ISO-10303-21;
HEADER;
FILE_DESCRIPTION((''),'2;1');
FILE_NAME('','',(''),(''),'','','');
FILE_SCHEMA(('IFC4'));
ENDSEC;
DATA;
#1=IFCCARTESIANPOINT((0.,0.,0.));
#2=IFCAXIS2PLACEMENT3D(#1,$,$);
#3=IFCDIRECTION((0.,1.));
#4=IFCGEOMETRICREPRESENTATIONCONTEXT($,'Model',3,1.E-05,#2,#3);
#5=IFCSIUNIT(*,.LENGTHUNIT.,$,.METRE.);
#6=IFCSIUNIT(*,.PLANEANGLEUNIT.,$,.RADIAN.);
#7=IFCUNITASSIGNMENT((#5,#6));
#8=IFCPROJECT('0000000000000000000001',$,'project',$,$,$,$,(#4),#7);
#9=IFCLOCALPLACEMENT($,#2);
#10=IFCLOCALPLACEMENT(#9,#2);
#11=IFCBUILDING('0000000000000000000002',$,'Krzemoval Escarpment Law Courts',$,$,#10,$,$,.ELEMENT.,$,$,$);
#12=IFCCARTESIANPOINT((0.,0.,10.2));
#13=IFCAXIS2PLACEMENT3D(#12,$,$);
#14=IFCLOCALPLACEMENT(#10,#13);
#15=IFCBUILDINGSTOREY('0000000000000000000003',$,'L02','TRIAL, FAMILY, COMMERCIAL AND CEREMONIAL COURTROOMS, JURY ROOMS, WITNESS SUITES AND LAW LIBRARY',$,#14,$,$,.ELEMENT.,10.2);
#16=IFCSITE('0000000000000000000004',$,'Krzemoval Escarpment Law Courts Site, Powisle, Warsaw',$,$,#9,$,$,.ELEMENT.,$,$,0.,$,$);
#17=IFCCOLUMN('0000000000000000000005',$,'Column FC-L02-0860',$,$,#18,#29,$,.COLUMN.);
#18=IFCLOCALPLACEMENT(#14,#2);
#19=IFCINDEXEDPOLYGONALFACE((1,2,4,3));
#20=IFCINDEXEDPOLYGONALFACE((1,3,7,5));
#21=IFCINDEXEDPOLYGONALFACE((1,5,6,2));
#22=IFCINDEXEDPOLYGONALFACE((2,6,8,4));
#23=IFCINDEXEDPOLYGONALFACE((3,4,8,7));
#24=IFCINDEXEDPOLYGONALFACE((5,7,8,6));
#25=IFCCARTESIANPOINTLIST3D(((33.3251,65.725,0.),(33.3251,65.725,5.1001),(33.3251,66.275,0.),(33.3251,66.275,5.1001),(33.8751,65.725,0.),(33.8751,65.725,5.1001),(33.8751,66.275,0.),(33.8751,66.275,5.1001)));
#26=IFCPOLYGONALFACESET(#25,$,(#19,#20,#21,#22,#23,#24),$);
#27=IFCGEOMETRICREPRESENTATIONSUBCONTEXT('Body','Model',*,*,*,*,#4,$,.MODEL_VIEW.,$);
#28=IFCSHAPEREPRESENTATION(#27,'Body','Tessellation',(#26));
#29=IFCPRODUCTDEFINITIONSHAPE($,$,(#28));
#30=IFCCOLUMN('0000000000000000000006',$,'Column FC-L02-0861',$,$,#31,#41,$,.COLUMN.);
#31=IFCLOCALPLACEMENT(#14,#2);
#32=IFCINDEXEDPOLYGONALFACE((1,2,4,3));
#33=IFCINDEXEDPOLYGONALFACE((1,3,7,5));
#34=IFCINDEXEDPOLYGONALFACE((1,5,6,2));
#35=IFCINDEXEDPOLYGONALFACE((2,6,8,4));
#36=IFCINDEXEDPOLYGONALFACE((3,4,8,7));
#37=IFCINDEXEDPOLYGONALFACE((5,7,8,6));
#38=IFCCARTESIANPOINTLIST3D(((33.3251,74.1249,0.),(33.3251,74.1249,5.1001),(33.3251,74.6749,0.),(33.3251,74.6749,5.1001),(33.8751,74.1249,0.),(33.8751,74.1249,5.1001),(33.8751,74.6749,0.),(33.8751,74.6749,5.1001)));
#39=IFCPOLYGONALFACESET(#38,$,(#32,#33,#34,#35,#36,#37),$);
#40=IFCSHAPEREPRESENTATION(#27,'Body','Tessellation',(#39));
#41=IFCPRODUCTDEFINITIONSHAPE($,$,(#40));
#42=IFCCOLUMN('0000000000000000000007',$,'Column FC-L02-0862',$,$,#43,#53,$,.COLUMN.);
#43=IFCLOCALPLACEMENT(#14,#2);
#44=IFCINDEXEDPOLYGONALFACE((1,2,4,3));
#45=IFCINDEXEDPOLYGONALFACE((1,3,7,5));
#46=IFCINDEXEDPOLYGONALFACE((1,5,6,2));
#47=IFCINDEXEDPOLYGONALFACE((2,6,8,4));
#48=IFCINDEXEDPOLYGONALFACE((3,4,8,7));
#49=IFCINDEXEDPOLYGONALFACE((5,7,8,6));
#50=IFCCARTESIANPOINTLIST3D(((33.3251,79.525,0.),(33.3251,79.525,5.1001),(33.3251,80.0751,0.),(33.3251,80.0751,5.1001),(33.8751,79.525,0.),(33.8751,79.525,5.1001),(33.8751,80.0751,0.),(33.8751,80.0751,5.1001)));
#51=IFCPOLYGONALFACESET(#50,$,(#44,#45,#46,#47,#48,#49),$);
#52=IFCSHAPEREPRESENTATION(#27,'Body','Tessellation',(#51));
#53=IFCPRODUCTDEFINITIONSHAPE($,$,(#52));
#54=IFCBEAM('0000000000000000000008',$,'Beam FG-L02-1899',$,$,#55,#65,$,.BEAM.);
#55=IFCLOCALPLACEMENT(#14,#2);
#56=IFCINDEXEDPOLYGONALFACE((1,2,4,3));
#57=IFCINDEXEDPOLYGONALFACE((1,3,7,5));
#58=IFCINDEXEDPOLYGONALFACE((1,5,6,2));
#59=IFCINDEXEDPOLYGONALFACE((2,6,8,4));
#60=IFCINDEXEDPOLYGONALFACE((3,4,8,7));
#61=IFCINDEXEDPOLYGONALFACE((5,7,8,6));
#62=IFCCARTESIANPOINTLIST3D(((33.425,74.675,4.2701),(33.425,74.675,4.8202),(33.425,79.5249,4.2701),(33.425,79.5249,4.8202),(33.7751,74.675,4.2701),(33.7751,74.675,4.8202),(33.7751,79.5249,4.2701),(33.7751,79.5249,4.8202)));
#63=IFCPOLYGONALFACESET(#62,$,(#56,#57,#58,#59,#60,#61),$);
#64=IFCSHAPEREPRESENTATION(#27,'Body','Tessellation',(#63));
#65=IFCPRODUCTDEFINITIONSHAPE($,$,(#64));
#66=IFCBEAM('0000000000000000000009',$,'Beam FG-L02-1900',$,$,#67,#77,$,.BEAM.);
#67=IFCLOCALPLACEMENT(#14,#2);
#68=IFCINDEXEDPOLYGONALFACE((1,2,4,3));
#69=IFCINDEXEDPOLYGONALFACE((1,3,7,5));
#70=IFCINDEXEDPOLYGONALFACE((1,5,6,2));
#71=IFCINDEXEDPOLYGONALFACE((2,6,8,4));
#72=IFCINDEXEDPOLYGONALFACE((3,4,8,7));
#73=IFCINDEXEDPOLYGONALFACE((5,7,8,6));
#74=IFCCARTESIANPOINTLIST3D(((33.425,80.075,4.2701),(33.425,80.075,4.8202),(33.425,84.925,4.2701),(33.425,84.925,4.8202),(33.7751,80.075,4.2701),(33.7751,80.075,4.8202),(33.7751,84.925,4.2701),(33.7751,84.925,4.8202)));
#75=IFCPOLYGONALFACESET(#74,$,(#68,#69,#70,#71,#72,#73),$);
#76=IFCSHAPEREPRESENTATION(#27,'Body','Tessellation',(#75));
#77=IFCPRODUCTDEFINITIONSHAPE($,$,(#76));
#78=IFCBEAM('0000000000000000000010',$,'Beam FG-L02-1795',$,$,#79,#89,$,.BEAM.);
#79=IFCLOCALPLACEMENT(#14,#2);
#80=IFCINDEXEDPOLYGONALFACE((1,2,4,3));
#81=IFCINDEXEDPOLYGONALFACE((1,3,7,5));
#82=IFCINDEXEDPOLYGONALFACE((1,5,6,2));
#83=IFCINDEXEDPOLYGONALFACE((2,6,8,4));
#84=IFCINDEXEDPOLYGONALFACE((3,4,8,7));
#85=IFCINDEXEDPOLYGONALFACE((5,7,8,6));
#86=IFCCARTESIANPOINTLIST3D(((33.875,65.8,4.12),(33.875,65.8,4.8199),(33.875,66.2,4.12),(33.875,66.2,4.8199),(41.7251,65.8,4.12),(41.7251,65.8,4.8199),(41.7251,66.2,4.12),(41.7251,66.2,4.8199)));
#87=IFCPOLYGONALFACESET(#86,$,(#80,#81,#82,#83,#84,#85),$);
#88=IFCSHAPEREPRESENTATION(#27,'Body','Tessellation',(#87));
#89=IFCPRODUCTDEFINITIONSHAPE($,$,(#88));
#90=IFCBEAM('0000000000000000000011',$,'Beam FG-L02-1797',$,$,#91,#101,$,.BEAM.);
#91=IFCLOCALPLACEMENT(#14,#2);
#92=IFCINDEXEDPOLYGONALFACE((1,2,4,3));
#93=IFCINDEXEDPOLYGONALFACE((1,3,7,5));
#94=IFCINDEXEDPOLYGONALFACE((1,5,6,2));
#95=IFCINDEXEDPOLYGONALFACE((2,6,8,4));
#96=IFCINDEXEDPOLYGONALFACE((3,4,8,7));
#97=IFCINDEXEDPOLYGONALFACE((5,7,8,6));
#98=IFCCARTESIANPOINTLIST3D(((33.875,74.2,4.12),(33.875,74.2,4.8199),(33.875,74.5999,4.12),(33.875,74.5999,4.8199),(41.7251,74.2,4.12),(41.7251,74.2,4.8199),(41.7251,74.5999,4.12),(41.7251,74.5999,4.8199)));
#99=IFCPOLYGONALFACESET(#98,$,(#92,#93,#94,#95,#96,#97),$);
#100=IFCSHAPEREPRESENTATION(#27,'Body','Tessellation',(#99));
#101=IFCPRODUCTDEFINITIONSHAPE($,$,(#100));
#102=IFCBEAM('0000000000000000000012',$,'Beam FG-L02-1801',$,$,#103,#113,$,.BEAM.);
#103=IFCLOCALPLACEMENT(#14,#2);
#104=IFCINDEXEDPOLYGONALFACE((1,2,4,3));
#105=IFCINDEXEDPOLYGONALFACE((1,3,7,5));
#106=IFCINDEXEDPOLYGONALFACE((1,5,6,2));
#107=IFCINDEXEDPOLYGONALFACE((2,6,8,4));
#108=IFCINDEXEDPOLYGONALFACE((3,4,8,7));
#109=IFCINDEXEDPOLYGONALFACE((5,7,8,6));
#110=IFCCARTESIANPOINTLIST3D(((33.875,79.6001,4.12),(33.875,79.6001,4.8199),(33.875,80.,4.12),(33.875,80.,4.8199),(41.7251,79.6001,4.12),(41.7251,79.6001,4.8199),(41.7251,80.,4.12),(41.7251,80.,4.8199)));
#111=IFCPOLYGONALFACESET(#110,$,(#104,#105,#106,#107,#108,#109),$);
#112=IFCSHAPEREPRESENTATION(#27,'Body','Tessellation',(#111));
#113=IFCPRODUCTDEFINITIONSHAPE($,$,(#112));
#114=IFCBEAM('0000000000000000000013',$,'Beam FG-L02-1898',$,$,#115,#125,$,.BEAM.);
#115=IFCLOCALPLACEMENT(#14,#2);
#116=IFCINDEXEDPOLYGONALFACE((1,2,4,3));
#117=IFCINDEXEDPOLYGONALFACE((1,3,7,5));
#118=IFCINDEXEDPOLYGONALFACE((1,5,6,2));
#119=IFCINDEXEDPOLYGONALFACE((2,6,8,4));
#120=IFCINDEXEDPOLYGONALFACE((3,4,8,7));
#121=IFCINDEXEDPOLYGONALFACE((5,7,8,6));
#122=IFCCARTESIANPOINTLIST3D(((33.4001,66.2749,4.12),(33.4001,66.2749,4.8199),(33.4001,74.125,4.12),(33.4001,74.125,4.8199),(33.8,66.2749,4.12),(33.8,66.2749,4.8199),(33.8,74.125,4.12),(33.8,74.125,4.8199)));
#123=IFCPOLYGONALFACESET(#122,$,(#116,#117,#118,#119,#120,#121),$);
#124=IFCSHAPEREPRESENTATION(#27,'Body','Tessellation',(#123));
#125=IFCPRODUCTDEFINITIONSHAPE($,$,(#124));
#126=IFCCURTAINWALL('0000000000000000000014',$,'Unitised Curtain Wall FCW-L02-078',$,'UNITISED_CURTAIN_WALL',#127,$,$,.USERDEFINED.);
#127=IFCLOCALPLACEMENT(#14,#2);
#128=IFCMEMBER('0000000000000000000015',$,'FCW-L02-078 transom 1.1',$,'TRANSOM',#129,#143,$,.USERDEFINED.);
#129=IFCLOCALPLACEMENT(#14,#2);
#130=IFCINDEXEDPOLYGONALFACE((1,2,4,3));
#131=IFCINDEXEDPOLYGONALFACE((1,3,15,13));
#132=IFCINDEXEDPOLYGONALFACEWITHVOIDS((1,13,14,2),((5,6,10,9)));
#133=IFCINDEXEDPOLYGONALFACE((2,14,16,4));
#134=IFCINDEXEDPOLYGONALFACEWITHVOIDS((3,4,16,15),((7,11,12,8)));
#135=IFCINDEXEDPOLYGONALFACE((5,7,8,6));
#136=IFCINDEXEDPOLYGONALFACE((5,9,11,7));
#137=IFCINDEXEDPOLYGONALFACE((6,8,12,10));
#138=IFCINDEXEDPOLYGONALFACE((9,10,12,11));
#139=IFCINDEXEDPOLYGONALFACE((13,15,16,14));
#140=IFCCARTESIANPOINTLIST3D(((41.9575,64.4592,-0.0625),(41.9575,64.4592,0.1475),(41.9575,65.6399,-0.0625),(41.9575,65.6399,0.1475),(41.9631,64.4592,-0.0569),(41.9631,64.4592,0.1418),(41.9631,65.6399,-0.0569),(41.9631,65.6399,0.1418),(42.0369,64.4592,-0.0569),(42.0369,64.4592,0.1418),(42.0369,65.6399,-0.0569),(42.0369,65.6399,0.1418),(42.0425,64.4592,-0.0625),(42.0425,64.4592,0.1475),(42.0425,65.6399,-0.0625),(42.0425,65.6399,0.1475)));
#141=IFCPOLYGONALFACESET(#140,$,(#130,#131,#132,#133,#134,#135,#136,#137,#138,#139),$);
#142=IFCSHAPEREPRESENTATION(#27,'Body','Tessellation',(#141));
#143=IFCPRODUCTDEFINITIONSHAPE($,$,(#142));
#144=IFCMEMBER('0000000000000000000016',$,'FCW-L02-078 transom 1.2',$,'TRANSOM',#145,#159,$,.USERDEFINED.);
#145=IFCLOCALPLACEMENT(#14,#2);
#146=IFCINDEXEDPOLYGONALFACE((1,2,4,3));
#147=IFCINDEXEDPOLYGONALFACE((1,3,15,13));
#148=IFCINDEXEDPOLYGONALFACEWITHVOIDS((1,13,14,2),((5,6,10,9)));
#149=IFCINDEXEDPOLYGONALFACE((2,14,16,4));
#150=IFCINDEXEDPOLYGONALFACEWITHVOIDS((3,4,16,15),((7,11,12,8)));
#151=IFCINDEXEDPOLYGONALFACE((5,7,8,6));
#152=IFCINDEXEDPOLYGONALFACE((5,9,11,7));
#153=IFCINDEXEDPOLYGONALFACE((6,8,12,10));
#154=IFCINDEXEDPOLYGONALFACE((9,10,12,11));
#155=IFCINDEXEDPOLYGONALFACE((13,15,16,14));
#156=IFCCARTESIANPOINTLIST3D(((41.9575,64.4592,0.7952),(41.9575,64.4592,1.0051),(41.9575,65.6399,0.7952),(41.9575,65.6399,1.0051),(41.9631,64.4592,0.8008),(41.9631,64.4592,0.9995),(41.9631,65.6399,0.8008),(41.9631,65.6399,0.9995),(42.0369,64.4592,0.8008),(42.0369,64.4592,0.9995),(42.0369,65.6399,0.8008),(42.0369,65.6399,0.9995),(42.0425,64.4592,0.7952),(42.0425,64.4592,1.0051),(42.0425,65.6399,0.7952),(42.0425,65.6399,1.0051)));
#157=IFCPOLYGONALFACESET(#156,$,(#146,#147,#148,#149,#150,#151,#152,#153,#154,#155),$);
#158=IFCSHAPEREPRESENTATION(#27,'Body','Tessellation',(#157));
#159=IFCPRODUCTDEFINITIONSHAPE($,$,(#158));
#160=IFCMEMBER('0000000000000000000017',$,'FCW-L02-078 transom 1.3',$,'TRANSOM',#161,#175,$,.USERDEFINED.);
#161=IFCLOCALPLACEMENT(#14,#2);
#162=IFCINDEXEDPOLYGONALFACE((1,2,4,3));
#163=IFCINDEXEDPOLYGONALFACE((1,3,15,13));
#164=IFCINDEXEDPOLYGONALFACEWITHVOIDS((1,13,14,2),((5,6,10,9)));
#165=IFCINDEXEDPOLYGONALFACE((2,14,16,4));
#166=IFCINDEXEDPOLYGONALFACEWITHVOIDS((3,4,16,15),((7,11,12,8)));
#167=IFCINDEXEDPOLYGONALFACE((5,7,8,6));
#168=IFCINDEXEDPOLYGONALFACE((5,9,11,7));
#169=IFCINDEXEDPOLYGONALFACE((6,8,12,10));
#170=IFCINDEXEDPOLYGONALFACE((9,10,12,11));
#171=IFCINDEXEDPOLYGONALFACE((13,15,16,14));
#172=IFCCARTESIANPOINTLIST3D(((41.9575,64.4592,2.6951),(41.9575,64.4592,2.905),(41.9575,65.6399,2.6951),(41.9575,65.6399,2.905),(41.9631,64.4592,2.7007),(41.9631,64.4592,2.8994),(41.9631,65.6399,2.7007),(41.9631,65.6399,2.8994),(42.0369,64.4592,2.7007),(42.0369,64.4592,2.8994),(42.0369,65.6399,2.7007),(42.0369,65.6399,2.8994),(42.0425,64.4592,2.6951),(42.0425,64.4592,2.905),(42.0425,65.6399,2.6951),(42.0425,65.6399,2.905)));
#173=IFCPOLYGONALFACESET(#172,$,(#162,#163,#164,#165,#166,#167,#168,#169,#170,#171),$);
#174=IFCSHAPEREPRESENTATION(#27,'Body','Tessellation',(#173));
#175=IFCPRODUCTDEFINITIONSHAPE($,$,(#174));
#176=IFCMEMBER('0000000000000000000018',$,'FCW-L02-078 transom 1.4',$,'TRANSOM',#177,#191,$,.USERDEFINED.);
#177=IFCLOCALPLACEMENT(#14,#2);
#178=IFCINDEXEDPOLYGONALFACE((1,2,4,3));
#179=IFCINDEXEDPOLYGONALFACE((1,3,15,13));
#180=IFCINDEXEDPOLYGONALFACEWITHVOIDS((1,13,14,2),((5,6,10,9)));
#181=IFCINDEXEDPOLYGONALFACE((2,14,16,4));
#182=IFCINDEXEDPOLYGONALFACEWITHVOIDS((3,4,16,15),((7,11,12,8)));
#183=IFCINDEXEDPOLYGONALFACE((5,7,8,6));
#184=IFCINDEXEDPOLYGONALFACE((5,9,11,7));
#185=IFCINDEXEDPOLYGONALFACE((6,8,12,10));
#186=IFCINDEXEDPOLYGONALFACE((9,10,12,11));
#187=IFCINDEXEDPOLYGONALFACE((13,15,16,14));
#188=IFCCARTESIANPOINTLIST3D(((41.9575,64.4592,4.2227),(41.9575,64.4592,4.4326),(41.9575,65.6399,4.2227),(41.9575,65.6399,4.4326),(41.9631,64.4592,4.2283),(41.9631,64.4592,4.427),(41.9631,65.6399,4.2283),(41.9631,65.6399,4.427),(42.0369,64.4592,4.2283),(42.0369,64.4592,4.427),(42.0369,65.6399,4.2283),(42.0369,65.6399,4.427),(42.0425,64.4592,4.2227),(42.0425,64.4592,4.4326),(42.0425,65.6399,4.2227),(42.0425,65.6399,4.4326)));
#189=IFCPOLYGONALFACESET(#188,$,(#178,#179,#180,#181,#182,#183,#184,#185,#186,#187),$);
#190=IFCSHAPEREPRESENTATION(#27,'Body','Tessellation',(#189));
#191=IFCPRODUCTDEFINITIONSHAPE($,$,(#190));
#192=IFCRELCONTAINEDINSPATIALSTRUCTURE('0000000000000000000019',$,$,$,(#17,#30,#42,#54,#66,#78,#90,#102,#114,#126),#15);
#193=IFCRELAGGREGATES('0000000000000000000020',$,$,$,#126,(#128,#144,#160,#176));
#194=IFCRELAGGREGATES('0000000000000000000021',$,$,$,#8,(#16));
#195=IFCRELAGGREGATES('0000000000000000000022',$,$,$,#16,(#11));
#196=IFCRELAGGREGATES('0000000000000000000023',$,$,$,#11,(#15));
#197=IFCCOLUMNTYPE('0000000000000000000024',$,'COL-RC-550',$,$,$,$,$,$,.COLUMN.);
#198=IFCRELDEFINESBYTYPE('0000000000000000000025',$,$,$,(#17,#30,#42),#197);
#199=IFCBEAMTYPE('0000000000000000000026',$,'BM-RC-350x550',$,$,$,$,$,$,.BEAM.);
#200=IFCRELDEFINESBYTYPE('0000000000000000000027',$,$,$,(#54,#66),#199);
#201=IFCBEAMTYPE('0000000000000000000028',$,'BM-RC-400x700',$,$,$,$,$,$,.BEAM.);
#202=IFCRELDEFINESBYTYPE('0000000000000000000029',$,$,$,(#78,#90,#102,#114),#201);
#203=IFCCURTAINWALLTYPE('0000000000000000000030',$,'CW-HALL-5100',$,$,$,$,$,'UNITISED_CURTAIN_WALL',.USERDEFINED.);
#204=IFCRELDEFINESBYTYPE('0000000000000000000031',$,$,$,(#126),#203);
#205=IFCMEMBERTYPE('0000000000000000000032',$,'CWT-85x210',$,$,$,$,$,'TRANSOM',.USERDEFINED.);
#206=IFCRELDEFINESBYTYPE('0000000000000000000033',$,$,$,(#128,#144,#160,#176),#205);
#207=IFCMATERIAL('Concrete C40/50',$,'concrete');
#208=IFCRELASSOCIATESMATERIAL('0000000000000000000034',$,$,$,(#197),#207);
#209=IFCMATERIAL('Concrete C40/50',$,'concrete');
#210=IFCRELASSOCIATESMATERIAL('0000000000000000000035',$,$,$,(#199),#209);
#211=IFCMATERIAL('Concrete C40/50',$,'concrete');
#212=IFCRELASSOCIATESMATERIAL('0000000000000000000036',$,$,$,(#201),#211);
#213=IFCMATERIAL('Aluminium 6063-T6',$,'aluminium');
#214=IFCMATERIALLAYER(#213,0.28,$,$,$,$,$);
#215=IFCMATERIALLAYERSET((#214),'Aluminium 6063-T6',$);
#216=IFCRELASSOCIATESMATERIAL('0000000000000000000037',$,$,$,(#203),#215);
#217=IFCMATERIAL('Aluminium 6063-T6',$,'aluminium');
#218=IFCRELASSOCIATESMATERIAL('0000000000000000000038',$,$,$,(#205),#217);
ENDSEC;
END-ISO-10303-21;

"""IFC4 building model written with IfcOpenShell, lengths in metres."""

from ifc_helpers import new_model, si_unit, direction, frame, origin, origin_2d, place, context, subcontext, project, spatial, rectangle, hollow_rectangle, extrude, material, layer, layer_set, material_profile, profile_set, type_object, element, aggregate, save


model = new_model("IFC4")

# Units and contexts
model_context = context("Model", 3, precision=1e-05, world=origin(), true_north=direction((0.0, 1.0)))
body_context = subcontext(model_context, "Body", "Model", "MODEL_VIEW")
ifc_project = project(units=[si_unit("LENGTHUNIT", "METRE"), si_unit("PLANEANGLEUNIT", "RADIAN")], contexts=[model_context])

# Site, building, storey
site_placement = place(None, origin())
site = spatial("IfcSite", under=ifc_project, at=site_placement, Name="Krzemoval Escarpment Law Courts Site, Powisle, Warsaw", CompositionType="ELEMENT", RefElevation=0.0)
building_placement = place(site_placement, origin())
building = spatial("IfcBuilding", under=site, at=building_placement, Name="Krzemoval Escarpment Law Courts", CompositionType="ELEMENT")
storey_placement = place(building_placement, frame((0.0, 0.0, 10.2)))
storey = spatial("IfcBuildingStorey", under=building, at=storey_placement, Name="L02", Description="TRIAL, FAMILY, COMMERCIAL AND CEREMONIAL COURTROOMS, JURY ROOMS, WITNESS SUITES AND LAW LIBRARY", CompositionType="ELEMENT", Elevation=10.2)

# Columns
ifc_material_1 = material(Name="Concrete C40/50", Category="concrete")
ifc_material_profile_1 = material_profile(ifc_material_1, rectangle(XDim=0.55, YDim=0.55, at=origin_2d()), Name="RC 550x550")
ifc_profile_set_1 = profile_set([ifc_material_profile_1], Name="Concrete C40/50")
column_type = type_object("IfcColumnType", Name="COL-RC-550", PredefinedType="COLUMN", material=ifc_profile_set_1)
for number, where, z_axis, x_axis, name in (
    (1, (33.6001, 66.0, 0.0), (0.0, 0.0, 1.0), (1.0, 0.0, 0.0), "Column FC-L02-0860"),
    (2, (33.6001, 74.3999, 0.0), (0.0, 0.0, 1.0), (1.0, 0.0, 0.0), "Column FC-L02-0861"),
    (3, (33.6001, 79.8, 0.0), (0.0, 0.0, 1.0), (1.0, 0.0, 0.0), "Column FC-L02-0862"),
):
    element("IfcColumn", number, at=place(storey_placement, frame(where, z_axis=z_axis, x_axis=x_axis)), inside=storey, type_object=column_type, Name=name, PredefinedType="COLUMN", context=body_context, shape_type="SweptSolid", body=[
        extrude(rectangle(XDim=0.55, YDim=0.55, at=origin_2d()), origin(), (0.0, 0.0, 1.0), 5.1001),
    ])

# Beams
ifc_material_2 = material(Name="Concrete C40/50", Category="concrete")
ifc_material_profile_2 = material_profile(ifc_material_2, rectangle(XDim=0.3501, YDim=0.55, at=origin_2d()), Name="RCB 350x550")
ifc_profile_set_2 = profile_set([ifc_material_profile_2], Name="Concrete C40/50")
beam_type_1 = type_object("IfcBeamType", Name="BM-RC-350x550", PredefinedType="BEAM", material=ifc_profile_set_2)
beam_1_placement = place(storey_placement, frame((33.6001, 74.675, 4.5452), z_axis=(0.0, 1.0, 0.0), x_axis=(-1.0, 0.0, 0.0)))
element("IfcBeam", 4, at=beam_1_placement, inside=storey, type_object=beam_type_1, Name="Beam FG-L02-1899", PredefinedType="BEAM", context=body_context, shape_type="SweptSolid", body=[
    extrude(rectangle(XDim=0.3501, YDim=0.55, at=origin_2d()), origin(), (0.0, 0.0, 1.0), 4.8499),
])
beam_2_placement = place(storey_placement, frame((33.6001, 80.075, 4.5452), z_axis=(0.0, 1.0, 0.0), x_axis=(-1.0, 0.0, 0.0)))
element("IfcBeam", 5, at=beam_2_placement, inside=storey, type_object=beam_type_1, Name="Beam FG-L02-1900", PredefinedType="BEAM", context=body_context, shape_type="SweptSolid", body=[
    extrude(rectangle(XDim=0.3501, YDim=0.55, at=origin_2d()), origin(), (0.0, 0.0, 1.0), 4.8501),
])
ifc_material_3 = material(Name="Concrete C40/50", Category="concrete")
ifc_material_profile_3 = material_profile(ifc_material_3, rectangle(XDim=0.3999, YDim=0.7, at=origin_2d()), Name="RCB 400x700")
ifc_profile_set_3 = profile_set([ifc_material_profile_3], Name="Concrete C40/50")
beam_type_2 = type_object("IfcBeamType", Name="BM-RC-400x700", PredefinedType="BEAM", material=ifc_profile_set_3)
for number, where, z_axis, x_axis, name in (
    (6, (33.875, 66.0, 4.47), (1.0, 0.0, 0.0), (0.0, 1.0, 0.0), "Beam FG-L02-1795"),
    (7, (33.875, 74.3999, 4.47), (1.0, 0.0, 0.0), (0.0, 1.0, 0.0), "Beam FG-L02-1797"),
    (8, (33.875, 79.8, 4.47), (1.0, 0.0, 0.0), (0.0, 1.0, 0.0), "Beam FG-L02-1801"),
    (9, (33.6001, 66.2749, 4.47), (0.0, 1.0, 0.0), (-1.0, 0.0, 0.0), "Beam FG-L02-1898"),
):
    element("IfcBeam", number, at=place(storey_placement, frame(where, z_axis=z_axis, x_axis=x_axis)), inside=storey, type_object=beam_type_2, Name=name, PredefinedType="BEAM", context=body_context, shape_type="SweptSolid", body=[
        extrude(rectangle(XDim=0.3999, YDim=0.7, at=origin_2d()), origin(), (0.0, 0.0, 1.0), 7.8501),
    ])

# Curtain wall, members
ifc_material_4 = material(Name="Aluminium 6063-T6", Category="aluminium")
ifc_layer_1 = layer(ifc_material_4, 0.28)
ifc_layer_set_1 = layer_set([ifc_layer_1], Name="Aluminium 6063-T6")
curtain_wall_type = type_object("IfcCurtainWallType", Name="CW-HALL-5100", ElementType="UNITISED_CURTAIN_WALL", PredefinedType="USERDEFINED", material=ifc_layer_set_1)
curtain_wall_placement = place(storey_placement, origin())
curtain_wall = element("IfcCurtainWall", 10, at=curtain_wall_placement, inside=storey, type_object=curtain_wall_type, Name="Unitised Curtain Wall FCW-L02-078", ObjectType="UNITISED_CURTAIN_WALL", PredefinedType="USERDEFINED")
ifc_material_5 = material(Name="Aluminium 6063-T6", Category="aluminium")
ifc_material_profile_4 = material_profile(ifc_material_5, hollow_rectangle(XDim=0.085, YDim=0.21, WallThickness=0.0056, at=origin_2d()), Name="ALU T85x210")
ifc_profile_set_4 = profile_set([ifc_material_profile_4], Name="Aluminium 6063-T6")
member_type_1 = type_object("IfcMemberType", Name="CWT-85x210", ElementType="TRANSOM", PredefinedType="USERDEFINED", material=ifc_profile_set_4)
member_1_placement = place(storey_placement, frame((42.0, 65.6399, 0.0425), z_axis=(0.0, -1.0, 0.0), x_axis=(1.0, 0.0, 0.0)))
member_1 = element("IfcMember", 11, at=member_1_placement, type_object=member_type_1, Name="FCW-L02-078 transom 1.1", ObjectType="TRANSOM", PredefinedType="USERDEFINED", context=body_context, shape_type="SweptSolid", body=[
    extrude(hollow_rectangle(XDim=0.085, YDim=0.21, WallThickness=0.0056, at=origin_2d()), origin(), (0.0, 0.0, 1.0), 1.1807),
])
member_2_placement = place(storey_placement, frame((42.0, 65.6399, 0.9001), z_axis=(0.0, -1.0, 0.0), x_axis=(1.0, 0.0, 0.0)))
member_2 = element("IfcMember", 12, at=member_2_placement, type_object=member_type_1, Name="FCW-L02-078 transom 1.2", ObjectType="TRANSOM", PredefinedType="USERDEFINED", context=body_context, shape_type="SweptSolid", body=[
    extrude(hollow_rectangle(XDim=0.085, YDim=0.21, WallThickness=0.0056, at=origin_2d()), origin(), (0.0, 0.0, 1.0), 1.1807),
])
member_3_placement = place(storey_placement, frame((42.0, 65.6399, 2.8), z_axis=(0.0, -1.0, 0.0), x_axis=(1.0, 0.0, 0.0)))
member_3 = element("IfcMember", 13, at=member_3_placement, type_object=member_type_1, Name="FCW-L02-078 transom 1.3", ObjectType="TRANSOM", PredefinedType="USERDEFINED", context=body_context, shape_type="SweptSolid", body=[
    extrude(hollow_rectangle(XDim=0.085, YDim=0.21, WallThickness=0.0056, at=origin_2d()), origin(), (0.0, 0.0, 1.0), 1.1807),
])
member_4_placement = place(storey_placement, frame((42.0, 65.6399, 4.3276), z_axis=(0.0, -1.0, 0.0), x_axis=(1.0, 0.0, 0.0)))
member_4 = element("IfcMember", 14, at=member_4_placement, type_object=member_type_1, Name="FCW-L02-078 transom 1.4", ObjectType="TRANSOM", PredefinedType="USERDEFINED", context=body_context, shape_type="SweptSolid", body=[
    extrude(hollow_rectangle(XDim=0.085, YDim=0.21, WallThickness=0.0056, at=origin_2d()), origin(), (0.0, 0.0, 1.0), 1.1807),
])

aggregate(curtain_wall, [member_1, member_2, member_3, member_4])

save(model, "model.ifc")
